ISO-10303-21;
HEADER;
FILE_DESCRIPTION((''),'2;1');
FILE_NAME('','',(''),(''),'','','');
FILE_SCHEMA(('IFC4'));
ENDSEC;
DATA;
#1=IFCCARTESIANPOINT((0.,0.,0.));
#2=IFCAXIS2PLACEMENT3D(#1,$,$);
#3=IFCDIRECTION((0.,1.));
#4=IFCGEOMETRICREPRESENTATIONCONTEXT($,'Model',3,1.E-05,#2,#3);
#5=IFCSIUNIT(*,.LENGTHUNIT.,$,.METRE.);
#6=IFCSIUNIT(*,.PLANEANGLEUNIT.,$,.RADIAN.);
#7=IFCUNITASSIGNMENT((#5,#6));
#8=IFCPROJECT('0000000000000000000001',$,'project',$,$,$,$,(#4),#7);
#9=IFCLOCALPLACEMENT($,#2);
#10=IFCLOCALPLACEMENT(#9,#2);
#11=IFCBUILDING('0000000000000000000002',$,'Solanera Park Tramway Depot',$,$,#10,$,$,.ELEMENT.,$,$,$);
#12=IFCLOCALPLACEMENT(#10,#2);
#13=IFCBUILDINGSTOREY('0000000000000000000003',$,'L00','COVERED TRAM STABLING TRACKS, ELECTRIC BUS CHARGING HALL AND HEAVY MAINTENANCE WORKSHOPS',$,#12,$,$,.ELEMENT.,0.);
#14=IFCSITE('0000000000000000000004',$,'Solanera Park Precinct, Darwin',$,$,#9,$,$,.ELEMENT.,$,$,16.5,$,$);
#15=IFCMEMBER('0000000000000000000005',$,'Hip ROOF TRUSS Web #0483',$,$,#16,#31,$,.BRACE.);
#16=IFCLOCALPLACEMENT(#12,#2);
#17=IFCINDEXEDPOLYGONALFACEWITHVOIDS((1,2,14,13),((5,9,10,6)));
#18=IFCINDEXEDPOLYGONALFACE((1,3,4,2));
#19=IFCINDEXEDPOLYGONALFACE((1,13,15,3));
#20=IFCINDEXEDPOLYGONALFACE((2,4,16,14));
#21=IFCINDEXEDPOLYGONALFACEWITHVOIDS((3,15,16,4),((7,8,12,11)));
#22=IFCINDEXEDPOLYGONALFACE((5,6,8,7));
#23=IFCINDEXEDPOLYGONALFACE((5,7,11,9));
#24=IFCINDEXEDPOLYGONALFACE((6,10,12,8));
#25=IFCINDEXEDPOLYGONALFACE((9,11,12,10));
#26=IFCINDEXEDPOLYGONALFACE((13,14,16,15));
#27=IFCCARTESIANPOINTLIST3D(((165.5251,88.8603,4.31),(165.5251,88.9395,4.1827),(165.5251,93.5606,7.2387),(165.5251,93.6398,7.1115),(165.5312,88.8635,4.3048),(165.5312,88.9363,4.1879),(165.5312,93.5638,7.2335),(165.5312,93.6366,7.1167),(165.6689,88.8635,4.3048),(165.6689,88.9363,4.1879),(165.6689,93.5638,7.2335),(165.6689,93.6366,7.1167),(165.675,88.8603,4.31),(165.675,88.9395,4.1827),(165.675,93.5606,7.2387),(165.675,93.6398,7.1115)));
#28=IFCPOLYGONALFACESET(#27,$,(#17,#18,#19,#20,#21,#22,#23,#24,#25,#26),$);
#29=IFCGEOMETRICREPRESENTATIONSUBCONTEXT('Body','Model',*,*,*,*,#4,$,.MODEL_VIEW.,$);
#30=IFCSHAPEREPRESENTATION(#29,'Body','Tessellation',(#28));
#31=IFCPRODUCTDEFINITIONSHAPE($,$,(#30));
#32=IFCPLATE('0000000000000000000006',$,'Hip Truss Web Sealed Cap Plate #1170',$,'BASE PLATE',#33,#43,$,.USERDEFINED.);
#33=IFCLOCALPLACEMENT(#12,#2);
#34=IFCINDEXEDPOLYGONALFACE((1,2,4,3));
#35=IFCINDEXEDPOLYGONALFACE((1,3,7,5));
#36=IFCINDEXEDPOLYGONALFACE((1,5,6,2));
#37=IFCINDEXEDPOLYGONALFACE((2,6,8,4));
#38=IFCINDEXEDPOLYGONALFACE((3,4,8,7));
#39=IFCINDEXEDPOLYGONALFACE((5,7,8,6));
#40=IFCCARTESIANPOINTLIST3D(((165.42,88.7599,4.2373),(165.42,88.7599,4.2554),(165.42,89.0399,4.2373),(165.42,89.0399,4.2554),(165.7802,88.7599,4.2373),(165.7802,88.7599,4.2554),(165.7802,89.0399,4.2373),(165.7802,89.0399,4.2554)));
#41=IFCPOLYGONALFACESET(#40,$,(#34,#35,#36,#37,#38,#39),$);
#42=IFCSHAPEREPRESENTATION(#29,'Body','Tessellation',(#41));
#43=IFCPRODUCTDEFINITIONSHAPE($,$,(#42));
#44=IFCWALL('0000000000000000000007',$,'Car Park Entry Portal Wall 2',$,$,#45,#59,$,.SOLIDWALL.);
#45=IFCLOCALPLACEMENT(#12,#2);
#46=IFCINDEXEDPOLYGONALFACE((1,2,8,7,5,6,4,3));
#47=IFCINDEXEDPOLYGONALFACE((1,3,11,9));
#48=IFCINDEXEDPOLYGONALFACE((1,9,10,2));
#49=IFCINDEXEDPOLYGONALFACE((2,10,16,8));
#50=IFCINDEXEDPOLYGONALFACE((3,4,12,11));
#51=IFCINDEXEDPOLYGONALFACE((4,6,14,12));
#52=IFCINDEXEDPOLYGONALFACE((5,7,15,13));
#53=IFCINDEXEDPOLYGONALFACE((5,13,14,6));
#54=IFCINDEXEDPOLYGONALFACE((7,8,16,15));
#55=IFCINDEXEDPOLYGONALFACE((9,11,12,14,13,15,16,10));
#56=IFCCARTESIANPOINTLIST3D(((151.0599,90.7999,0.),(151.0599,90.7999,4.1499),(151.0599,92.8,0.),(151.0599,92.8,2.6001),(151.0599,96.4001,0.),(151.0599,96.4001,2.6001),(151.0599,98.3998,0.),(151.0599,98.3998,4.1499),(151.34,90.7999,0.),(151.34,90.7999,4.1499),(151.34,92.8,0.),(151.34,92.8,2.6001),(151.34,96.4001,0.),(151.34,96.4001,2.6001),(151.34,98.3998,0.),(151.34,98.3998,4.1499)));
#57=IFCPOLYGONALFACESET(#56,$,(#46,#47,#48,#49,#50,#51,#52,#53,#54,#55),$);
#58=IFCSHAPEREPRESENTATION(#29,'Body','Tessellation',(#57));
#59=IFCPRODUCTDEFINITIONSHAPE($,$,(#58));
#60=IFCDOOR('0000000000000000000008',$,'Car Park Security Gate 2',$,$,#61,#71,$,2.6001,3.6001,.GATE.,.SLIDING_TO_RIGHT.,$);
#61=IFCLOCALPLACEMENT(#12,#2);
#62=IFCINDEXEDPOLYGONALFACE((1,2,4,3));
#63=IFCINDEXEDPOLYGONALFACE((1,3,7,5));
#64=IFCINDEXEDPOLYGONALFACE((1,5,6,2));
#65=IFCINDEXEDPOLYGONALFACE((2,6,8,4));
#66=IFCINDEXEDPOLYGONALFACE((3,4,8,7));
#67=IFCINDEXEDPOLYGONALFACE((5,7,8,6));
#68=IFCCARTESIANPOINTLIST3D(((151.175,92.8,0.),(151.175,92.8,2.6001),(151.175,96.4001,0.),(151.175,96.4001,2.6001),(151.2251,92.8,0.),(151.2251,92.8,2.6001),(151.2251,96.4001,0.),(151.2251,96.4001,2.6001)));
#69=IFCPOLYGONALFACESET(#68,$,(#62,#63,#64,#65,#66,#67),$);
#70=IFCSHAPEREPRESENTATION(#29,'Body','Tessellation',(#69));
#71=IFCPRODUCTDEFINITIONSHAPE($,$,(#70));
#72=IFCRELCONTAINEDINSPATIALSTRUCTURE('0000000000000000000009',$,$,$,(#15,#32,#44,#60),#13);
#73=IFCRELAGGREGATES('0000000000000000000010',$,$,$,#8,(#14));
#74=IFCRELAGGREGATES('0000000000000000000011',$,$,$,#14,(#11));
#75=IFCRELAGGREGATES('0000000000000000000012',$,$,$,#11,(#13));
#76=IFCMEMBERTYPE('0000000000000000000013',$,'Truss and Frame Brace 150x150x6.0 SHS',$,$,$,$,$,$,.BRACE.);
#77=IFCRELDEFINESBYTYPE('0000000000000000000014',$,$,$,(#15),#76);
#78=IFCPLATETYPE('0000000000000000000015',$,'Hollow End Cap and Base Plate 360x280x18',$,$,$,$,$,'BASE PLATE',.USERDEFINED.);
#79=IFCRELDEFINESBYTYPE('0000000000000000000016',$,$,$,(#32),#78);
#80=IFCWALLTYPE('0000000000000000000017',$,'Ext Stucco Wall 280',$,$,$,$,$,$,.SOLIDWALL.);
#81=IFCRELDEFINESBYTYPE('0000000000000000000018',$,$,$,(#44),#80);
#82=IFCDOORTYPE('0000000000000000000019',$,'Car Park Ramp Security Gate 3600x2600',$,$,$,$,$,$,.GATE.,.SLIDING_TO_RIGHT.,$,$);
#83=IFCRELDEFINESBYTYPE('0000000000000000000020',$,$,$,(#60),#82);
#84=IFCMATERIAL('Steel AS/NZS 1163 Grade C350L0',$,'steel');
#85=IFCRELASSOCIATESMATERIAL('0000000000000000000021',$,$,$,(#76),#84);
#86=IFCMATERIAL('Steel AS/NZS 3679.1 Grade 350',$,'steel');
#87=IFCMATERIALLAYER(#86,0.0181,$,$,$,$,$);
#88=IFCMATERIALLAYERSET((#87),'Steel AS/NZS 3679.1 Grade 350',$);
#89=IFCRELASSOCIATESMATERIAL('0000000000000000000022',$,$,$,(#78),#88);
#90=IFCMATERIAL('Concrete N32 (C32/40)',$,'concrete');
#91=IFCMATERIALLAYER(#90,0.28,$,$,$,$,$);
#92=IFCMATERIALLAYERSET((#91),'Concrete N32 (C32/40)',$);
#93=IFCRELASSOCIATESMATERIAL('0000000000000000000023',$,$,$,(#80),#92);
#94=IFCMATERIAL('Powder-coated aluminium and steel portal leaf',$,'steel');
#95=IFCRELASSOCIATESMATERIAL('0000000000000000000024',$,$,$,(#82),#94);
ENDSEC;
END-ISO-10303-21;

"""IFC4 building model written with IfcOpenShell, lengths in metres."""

from ifc_helpers import new_model, si_unit, direction, frame, frame_2d, origin, origin_2d, place, context, subcontext, project, spatial, rectangle, hollow_rectangle, extrude, material, layer, layer_set, material_profile, profile_set, type_object, element, fill, save


model = new_model("IFC4")

# Units and contexts
model_context = context("Model", 3, precision=1e-05, world=origin(), true_north=direction((0.0, 1.0)))
body_context = subcontext(model_context, "Body", "Model", "MODEL_VIEW")
ifc_project = project(units=[si_unit("LENGTHUNIT", "METRE"), si_unit("PLANEANGLEUNIT", "RADIAN")], contexts=[model_context])

# Site, building, storey
site_placement = place(None, origin())
site = spatial("IfcSite", under=ifc_project, at=site_placement, Name="Solanera Park Precinct, Darwin", CompositionType="ELEMENT", RefElevation=16.5)
building_placement = place(site_placement, origin())
building = spatial("IfcBuilding", under=site, at=building_placement, Name="Solanera Park Tramway Depot", CompositionType="ELEMENT")
storey_placement = place(building_placement, origin())
storey = spatial("IfcBuildingStorey", under=building, at=storey_placement, Name="L00", Description="COVERED TRAM STABLING TRACKS, ELECTRIC BUS CHARGING HALL AND HEAVY MAINTENANCE WORKSHOPS", CompositionType="ELEMENT", Elevation=0.0)

# Member
ifc_material_1 = material(Name="Steel AS/NZS 1163 Grade C350L0", Category="steel")
ifc_material_profile_1 = material_profile(ifc_material_1, hollow_rectangle(XDim=0.1499, YDim=0.1499, WallThickness=0.0061, at=origin_2d()), Name="150x150x6.0 SHS")
ifc_profile_set_1 = profile_set([ifc_material_profile_1], Name="Steel AS/NZS 1163 Grade C350L0")
member_type_1 = type_object("IfcMemberType", Name="Truss and Frame Brace 150x150x6.0 SHS", PredefinedType="BRACE", material=ifc_profile_set_1)
member_1_placement = place(storey_placement, frame((165.6001, 88.8999, 4.2463), z_axis=(0.0, 0.848721, 0.528841), x_axis=(-1.0, 0.0, 0.0)))
element("IfcMember", 1, at=member_1_placement, inside=storey, type_object=member_type_1, Name="Hip ROOF TRUSS Web #0483", PredefinedType="BRACE", context=body_context, shape_type="SweptSolid", body=[
    extrude(hollow_rectangle(XDim=0.1499, YDim=0.1499, WallThickness=0.0061, at=origin_2d()), origin(), (0.0, 0.0, 1.0), 5.5381),
])

# Plate
ifc_material_2 = material(Name="Steel AS/NZS 3679.1 Grade 350", Category="steel")
ifc_layer_1 = layer(ifc_material_2, 0.0181)
ifc_layer_set_1 = layer_set([ifc_layer_1], Name="Steel AS/NZS 3679.1 Grade 350")
plate_type = type_object("IfcPlateType", Name="Hollow End Cap and Base Plate 360x280x18", ElementType="BASE PLATE", PredefinedType="USERDEFINED", material=ifc_layer_set_1)
plate_placement = place(storey_placement, frame((165.6001, 88.8999, 4.2373), z_axis=(0.0, 0.0, 1.0), x_axis=(1.0, 0.0, 0.0)))
element("IfcPlate", 2, at=plate_placement, inside=storey, type_object=plate_type, Name="Hip Truss Web Sealed Cap Plate #1170", ObjectType="BASE PLATE", PredefinedType="USERDEFINED", context=body_context, shape_type="SweptSolid", body=[
    extrude(rectangle(XDim=0.3601, YDim=0.28, at=origin_2d()), origin(), (0.0, 0.0, 1.0), 0.0181),
])

# Wall, opening, door
ifc_material_3 = material(Name="Concrete N32 (C32/40)", Category="concrete")
ifc_layer_2 = layer(ifc_material_3, 0.28)
ifc_layer_set_2 = layer_set([ifc_layer_2], Name="Concrete N32 (C32/40)")
wall_type = type_object("IfcWallType", Name="Ext Stucco Wall 280", PredefinedType="SOLIDWALL", material=ifc_layer_set_2)
wall_placement = place(storey_placement, frame((151.2, 90.8, 0.0), z_axis=(0.0, 0.0, 1.0), x_axis=(0.0, 1.0, 0.0)))
wall = element("IfcWall", 3, at=wall_placement, inside=storey, type_object=wall_type, Name="Car Park Entry Portal Wall 2", PredefinedType="SOLIDWALL", context=body_context, shape_type="SweptSolid", body=[
    extrude(rectangle(XDim=7.5999, YDim=0.28, at=frame_2d((3.7998, 0.0))), origin(), (0.0, 0.0, 1.0), 4.1499),
])
opening_placement = place(wall_placement, frame((2.0, 0.0, 0.0)))
opening = element("IfcOpeningElement", 4, at=opening_placement, cuts=wall, PredefinedType="OPENING", context=body_context, shape_type="SweptSolid", body=[
    extrude(rectangle(XDim=3.6001, YDim=2.6001, at=frame_2d((1.8, 1.3))), frame((0.0, 0.1499, 0.0), z_axis=(0.0, -1.0, 0.0), x_axis=(1.0, 0.0, 0.0)), (0.0, 0.0, 1.0), 0.3),
])
ifc_material_4 = material(Name="Powder-coated aluminium and steel portal leaf", Category="steel")
door_type = type_object("IfcDoorType", Name="Car Park Ramp Security Gate 3600x2600", OperationType="SLIDING_TO_RIGHT", PredefinedType="GATE", material=ifc_material_4)
door_placement = place(opening_placement, origin())
door = element("IfcDoor", 5, at=door_placement, inside=storey, type_object=door_type, Name="Car Park Security Gate 2", OperationType="SLIDING_TO_RIGHT", OverallHeight=2.6001, OverallWidth=3.6001, PredefinedType="GATE", context=body_context, shape_type="SweptSolid", body=[
    extrude(rectangle(XDim=3.6001, YDim=2.6001, at=frame_2d((1.8, 1.3))), frame((0.0, 0.0249, 0.0), z_axis=(0.0, -1.0, 0.0), x_axis=(1.0, 0.0, 0.0)), (0.0, 0.0, 1.0), 0.05),
])
fill(opening, door)

save(model, "model.ifc")
